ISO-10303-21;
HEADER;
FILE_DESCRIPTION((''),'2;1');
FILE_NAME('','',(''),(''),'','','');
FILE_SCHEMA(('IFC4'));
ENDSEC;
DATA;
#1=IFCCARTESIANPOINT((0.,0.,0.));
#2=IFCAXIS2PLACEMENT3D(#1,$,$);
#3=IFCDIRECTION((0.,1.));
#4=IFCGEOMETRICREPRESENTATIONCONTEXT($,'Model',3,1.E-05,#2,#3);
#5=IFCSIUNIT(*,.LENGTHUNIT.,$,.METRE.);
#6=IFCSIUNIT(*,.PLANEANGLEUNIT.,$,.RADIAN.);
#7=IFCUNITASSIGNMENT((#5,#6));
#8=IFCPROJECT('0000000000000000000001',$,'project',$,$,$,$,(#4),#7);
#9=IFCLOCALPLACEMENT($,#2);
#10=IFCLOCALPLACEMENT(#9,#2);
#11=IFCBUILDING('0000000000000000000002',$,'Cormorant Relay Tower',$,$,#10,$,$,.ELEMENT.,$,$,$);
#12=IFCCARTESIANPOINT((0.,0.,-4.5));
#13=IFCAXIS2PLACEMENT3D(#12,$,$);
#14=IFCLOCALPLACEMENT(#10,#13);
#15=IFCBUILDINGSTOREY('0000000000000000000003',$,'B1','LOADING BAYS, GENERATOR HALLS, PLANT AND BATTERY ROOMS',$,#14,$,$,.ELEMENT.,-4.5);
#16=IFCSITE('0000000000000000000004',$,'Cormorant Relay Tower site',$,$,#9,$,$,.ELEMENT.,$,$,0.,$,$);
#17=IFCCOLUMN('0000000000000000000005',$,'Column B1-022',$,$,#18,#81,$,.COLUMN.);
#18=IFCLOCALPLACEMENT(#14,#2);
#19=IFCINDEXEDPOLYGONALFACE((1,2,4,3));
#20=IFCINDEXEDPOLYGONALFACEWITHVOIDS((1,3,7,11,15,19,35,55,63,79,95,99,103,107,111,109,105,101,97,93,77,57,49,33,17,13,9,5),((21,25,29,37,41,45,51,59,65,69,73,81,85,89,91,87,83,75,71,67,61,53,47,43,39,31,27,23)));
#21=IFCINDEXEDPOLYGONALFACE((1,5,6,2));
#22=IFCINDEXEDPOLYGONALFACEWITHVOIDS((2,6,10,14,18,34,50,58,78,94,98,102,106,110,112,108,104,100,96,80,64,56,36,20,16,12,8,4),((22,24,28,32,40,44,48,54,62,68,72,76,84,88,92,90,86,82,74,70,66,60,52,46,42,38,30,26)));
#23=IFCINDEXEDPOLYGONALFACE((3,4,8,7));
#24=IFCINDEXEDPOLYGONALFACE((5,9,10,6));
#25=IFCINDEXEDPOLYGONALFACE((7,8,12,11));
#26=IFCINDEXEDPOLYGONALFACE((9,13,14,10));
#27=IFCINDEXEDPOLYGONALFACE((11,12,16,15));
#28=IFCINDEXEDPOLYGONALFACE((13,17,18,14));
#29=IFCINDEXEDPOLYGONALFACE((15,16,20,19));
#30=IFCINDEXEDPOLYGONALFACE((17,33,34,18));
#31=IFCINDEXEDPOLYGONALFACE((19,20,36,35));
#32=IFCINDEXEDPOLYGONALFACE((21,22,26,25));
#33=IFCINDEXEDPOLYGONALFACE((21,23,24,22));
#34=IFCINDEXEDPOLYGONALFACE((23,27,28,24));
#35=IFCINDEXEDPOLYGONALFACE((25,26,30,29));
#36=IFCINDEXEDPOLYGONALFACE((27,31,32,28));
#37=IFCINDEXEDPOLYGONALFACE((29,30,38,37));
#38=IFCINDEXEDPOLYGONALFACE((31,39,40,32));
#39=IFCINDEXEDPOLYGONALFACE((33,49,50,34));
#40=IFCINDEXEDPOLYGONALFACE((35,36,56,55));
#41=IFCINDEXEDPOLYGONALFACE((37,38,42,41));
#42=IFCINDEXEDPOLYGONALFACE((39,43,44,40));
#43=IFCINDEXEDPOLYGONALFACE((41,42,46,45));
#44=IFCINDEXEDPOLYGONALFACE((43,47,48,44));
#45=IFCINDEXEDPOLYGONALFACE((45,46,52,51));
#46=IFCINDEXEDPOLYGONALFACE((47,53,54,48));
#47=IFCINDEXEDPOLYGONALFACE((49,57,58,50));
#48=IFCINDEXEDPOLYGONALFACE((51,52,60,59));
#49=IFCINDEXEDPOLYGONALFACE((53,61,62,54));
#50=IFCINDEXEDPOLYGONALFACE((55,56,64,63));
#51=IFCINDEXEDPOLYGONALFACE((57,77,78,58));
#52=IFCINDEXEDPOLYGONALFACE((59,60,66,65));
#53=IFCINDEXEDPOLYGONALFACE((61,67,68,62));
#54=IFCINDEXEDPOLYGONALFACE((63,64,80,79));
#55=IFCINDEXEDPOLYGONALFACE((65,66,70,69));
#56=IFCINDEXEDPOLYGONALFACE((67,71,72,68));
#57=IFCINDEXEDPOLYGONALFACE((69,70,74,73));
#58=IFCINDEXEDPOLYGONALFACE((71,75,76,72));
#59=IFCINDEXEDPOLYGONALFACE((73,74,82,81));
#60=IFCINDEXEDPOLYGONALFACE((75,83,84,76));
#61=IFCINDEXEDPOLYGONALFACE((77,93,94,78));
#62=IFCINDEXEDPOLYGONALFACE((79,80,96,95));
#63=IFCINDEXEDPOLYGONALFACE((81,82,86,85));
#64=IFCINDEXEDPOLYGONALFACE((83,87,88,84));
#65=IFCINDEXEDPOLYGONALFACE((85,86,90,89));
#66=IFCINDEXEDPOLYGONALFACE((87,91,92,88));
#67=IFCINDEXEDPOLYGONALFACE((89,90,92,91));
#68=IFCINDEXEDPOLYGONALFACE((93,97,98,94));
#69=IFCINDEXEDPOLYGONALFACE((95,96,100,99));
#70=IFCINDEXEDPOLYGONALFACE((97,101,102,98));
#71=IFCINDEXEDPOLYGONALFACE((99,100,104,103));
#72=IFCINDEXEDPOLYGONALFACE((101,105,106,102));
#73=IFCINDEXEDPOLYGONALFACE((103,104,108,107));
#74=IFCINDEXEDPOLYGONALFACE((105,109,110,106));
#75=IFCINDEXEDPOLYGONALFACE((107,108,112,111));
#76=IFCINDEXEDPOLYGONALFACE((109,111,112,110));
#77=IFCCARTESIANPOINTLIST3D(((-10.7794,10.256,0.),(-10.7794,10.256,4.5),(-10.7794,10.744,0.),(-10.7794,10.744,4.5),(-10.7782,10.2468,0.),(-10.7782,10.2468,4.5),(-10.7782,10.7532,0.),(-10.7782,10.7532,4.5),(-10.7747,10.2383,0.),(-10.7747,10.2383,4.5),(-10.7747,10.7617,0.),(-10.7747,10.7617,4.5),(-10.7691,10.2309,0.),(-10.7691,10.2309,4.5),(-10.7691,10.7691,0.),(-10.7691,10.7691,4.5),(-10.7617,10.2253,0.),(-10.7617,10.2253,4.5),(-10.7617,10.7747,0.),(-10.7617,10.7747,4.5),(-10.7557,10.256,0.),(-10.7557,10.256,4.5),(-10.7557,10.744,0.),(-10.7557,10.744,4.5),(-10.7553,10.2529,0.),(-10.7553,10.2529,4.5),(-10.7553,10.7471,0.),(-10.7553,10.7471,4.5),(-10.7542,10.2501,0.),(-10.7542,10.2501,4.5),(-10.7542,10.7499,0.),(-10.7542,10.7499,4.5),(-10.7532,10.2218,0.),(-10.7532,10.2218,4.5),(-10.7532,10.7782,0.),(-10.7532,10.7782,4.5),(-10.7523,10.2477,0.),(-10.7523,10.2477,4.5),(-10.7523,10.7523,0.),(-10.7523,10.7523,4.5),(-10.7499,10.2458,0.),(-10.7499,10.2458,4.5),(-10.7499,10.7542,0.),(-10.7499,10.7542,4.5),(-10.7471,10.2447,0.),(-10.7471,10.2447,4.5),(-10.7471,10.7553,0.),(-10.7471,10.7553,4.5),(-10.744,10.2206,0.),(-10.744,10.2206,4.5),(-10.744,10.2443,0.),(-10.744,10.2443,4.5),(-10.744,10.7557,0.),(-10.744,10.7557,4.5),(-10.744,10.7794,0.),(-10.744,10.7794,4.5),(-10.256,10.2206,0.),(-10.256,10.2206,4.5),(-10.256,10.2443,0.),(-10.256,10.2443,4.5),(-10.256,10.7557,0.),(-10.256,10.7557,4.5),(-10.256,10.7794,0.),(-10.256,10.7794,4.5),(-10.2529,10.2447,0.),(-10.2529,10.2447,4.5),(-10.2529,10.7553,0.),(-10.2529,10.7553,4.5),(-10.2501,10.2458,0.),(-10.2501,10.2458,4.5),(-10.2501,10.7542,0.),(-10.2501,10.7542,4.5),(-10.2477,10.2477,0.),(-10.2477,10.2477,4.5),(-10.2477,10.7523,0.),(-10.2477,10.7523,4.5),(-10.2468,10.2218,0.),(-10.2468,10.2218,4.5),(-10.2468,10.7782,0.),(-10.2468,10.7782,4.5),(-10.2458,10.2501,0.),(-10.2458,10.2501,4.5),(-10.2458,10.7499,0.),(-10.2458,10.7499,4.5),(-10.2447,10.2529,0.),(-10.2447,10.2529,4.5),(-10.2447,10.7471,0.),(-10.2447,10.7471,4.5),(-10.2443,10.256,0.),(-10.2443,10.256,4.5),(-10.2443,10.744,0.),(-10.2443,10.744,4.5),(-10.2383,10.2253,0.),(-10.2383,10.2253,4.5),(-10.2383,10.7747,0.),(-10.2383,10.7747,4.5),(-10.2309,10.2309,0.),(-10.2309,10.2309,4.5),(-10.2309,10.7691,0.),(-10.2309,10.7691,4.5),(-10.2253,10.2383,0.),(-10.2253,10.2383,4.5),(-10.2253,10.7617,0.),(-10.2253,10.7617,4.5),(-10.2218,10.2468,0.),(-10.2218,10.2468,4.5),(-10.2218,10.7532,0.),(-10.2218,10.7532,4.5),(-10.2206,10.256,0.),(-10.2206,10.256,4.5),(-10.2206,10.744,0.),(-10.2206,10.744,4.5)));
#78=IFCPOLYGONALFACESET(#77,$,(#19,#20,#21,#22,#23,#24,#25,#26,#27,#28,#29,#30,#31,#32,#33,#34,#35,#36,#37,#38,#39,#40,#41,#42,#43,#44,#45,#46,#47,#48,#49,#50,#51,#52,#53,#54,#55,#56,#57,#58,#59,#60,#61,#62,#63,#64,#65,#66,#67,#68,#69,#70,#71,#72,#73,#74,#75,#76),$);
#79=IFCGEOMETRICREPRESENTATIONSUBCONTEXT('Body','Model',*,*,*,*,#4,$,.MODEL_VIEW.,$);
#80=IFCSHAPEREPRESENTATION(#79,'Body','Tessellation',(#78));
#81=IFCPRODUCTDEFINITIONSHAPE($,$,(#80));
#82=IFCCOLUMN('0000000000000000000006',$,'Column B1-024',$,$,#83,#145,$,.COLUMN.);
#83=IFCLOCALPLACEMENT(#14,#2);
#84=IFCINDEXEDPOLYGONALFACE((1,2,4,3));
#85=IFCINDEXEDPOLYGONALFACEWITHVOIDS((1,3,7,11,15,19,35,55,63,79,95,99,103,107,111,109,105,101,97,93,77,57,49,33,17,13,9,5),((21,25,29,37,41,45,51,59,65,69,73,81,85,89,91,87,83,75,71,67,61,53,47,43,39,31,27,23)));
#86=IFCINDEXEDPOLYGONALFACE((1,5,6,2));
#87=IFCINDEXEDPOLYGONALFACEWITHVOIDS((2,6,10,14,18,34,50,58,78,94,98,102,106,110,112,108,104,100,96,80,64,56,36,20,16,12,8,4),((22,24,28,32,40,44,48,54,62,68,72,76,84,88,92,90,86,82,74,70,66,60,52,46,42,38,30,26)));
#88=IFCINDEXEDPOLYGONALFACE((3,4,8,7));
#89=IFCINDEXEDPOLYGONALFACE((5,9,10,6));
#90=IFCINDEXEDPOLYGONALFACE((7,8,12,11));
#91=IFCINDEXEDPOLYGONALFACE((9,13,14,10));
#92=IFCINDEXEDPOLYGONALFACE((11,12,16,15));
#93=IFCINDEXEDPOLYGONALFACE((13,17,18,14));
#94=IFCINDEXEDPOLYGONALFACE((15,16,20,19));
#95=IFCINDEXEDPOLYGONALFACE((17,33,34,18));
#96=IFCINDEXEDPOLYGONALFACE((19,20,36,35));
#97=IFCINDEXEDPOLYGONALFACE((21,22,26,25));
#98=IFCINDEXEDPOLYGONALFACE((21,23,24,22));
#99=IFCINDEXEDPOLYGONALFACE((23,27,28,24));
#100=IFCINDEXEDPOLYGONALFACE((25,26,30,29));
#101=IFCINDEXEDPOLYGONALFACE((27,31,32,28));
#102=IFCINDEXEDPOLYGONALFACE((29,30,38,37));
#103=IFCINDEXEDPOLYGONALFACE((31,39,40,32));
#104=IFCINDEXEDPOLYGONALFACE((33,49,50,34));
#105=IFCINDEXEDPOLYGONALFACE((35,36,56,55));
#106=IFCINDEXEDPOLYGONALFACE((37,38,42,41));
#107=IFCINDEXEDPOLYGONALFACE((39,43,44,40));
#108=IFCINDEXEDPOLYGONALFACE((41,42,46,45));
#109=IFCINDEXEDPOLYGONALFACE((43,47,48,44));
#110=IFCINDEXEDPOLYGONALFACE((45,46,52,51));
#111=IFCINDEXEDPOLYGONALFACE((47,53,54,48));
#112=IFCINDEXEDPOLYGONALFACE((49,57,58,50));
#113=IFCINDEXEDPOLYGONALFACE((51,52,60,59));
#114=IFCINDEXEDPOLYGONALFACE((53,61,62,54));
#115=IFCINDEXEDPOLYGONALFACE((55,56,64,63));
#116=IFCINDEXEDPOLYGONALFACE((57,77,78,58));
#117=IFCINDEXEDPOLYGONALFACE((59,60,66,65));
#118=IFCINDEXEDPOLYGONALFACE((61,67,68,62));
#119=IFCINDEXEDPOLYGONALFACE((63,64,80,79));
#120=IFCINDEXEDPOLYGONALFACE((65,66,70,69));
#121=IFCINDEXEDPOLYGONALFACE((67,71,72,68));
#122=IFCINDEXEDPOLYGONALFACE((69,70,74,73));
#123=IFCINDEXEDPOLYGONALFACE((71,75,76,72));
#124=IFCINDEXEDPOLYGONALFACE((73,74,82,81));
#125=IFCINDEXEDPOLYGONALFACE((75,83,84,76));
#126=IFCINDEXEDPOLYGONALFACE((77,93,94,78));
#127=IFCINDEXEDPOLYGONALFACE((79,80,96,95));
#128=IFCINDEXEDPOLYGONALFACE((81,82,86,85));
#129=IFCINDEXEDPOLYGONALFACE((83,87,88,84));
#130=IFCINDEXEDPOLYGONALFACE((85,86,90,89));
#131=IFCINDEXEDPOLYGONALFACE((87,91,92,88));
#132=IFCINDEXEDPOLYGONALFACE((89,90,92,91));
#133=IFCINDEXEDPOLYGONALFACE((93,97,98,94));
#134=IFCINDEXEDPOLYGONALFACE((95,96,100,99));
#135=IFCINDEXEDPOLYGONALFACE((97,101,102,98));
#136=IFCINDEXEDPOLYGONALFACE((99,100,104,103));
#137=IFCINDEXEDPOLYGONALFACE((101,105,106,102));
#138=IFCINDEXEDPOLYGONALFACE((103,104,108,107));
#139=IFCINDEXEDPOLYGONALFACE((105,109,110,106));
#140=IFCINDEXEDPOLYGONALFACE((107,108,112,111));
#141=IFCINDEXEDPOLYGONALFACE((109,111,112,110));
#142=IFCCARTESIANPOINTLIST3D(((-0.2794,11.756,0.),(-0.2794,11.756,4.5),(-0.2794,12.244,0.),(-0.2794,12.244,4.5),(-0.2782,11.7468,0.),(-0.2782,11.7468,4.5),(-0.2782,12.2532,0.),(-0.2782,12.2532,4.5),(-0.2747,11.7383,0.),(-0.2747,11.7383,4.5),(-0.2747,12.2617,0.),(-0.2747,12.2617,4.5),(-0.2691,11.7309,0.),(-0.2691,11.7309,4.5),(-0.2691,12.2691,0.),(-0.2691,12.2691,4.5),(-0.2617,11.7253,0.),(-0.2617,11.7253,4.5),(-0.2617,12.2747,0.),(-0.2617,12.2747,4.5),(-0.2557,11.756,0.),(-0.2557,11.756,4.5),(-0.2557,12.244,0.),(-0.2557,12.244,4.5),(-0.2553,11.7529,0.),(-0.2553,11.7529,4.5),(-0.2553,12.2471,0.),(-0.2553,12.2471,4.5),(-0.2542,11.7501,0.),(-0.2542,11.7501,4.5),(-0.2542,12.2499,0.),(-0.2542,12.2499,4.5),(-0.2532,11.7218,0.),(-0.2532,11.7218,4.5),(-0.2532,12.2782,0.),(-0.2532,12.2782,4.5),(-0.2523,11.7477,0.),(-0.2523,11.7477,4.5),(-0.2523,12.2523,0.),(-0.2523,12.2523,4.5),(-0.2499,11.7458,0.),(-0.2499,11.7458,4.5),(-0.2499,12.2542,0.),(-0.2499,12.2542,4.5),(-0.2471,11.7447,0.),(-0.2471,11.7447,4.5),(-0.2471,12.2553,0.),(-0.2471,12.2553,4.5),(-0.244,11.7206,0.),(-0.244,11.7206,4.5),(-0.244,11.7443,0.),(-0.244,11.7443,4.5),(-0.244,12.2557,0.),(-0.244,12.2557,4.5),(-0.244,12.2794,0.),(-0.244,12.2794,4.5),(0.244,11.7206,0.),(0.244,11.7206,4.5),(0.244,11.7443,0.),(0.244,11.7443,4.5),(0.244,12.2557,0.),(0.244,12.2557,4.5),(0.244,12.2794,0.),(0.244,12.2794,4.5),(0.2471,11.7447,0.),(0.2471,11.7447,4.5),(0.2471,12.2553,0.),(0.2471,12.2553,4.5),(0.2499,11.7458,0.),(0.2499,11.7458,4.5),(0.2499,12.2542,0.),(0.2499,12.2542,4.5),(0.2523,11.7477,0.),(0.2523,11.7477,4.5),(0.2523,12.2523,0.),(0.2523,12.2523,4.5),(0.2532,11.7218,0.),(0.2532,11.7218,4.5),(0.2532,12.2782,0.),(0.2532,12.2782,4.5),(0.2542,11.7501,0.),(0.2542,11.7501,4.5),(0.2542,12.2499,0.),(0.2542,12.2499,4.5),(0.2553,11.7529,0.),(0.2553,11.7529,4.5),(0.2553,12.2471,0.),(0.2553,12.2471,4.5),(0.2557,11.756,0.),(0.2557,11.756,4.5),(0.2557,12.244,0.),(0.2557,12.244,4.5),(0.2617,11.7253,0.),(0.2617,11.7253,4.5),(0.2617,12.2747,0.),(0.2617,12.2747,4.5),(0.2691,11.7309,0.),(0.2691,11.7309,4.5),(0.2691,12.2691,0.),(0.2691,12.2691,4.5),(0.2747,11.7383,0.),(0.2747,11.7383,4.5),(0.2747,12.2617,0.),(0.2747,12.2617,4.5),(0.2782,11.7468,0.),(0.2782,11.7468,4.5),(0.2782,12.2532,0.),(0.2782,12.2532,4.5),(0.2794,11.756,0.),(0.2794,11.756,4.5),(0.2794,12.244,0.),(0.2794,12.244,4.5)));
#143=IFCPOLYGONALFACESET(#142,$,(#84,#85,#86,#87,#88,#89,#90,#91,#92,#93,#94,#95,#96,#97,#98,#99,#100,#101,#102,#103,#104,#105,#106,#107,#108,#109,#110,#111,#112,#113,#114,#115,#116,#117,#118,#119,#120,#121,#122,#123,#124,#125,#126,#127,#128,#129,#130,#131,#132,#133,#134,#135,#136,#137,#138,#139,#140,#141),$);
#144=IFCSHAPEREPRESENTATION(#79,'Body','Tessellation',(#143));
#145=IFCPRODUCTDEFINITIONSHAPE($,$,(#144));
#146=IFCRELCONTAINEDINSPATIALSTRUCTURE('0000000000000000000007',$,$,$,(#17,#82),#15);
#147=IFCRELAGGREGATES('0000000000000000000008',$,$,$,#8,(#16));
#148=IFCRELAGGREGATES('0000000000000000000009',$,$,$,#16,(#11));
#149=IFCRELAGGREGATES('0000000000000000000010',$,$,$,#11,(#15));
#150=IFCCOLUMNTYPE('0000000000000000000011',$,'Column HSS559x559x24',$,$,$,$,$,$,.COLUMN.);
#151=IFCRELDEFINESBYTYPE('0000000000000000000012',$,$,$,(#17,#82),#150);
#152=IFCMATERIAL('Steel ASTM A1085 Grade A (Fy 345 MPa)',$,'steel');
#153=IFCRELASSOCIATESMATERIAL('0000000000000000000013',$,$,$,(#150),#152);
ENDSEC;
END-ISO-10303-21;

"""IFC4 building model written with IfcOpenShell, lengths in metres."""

from ifc_helpers import new_model, si_unit, direction, frame, origin, origin_2d, place, context, subcontext, project, spatial, hollow_rectangle, extrude, material, material_profile, profile_set, type_object, element, save


model = new_model("IFC4")

# Units and contexts
model_context = context("Model", 3, precision=1e-05, world=origin(), true_north=direction((0.0, 1.0)))
body_context = subcontext(model_context, "Body", "Model", "MODEL_VIEW")
ifc_project = project(units=[si_unit("LENGTHUNIT", "METRE"), si_unit("PLANEANGLEUNIT", "RADIAN")], contexts=[model_context])

# Site, building, storey
site_placement = place(None, origin())
site = spatial("IfcSite", under=ifc_project, at=site_placement, Name="Cormorant Relay Tower site", CompositionType="ELEMENT", RefElevation=0.0)
building_placement = place(site_placement, origin())
building = spatial("IfcBuilding", under=site, at=building_placement, Name="Cormorant Relay Tower", CompositionType="ELEMENT")
storey_placement = place(building_placement, frame((0.0, 0.0, -4.5)))
storey = spatial("IfcBuildingStorey", under=building, at=storey_placement, Name="B1", Description="LOADING BAYS, GENERATOR HALLS, PLANT AND BATTERY ROOMS", CompositionType="ELEMENT", Elevation=-4.5)

# Columns
ifc_material_1 = material(Name="Steel ASTM A1085 Grade A (Fy 345 MPa)", Category="steel")
ifc_material_profile = material_profile(ifc_material_1, hollow_rectangle(XDim=0.5588, YDim=0.5588, WallThickness=0.0237, InnerFilletRadius=0.0117, OuterFilletRadius=0.0354, at=origin_2d()), Name="HSS559x559x24")
ifc_profile_set = profile_set([ifc_material_profile], Name="Steel ASTM A1085 Grade A (Fy 345 MPa)")
column_type = type_object("IfcColumnType", Name="Column HSS559x559x24", PredefinedType="COLUMN", material=ifc_profile_set)
for number, where, z_axis, x_axis, name in (
    (1, (-10.5, 10.5, 0.0), (0.0, 0.0, 1.0), (1.0, 0.0, 0.0), "Column B1-022"),
    (2, (0.0, 12.0, 0.0), (0.0, 0.0, 1.0), (1.0, 0.0, 0.0), "Column B1-024"),
):
    element("IfcColumn", number, at=place(storey_placement, frame(where, z_axis=z_axis, x_axis=x_axis)), inside=storey, type_object=column_type, Name=name, PredefinedType="COLUMN", context=body_context, shape_type="SweptSolid", body=[
        extrude(hollow_rectangle(XDim=0.5588, YDim=0.5588, WallThickness=0.0237, InnerFilletRadius=0.0117, OuterFilletRadius=0.0354, at=origin_2d()), origin(), (0.0, 0.0, 1.0), 4.5),
    ])

save(model, "model.ifc")
